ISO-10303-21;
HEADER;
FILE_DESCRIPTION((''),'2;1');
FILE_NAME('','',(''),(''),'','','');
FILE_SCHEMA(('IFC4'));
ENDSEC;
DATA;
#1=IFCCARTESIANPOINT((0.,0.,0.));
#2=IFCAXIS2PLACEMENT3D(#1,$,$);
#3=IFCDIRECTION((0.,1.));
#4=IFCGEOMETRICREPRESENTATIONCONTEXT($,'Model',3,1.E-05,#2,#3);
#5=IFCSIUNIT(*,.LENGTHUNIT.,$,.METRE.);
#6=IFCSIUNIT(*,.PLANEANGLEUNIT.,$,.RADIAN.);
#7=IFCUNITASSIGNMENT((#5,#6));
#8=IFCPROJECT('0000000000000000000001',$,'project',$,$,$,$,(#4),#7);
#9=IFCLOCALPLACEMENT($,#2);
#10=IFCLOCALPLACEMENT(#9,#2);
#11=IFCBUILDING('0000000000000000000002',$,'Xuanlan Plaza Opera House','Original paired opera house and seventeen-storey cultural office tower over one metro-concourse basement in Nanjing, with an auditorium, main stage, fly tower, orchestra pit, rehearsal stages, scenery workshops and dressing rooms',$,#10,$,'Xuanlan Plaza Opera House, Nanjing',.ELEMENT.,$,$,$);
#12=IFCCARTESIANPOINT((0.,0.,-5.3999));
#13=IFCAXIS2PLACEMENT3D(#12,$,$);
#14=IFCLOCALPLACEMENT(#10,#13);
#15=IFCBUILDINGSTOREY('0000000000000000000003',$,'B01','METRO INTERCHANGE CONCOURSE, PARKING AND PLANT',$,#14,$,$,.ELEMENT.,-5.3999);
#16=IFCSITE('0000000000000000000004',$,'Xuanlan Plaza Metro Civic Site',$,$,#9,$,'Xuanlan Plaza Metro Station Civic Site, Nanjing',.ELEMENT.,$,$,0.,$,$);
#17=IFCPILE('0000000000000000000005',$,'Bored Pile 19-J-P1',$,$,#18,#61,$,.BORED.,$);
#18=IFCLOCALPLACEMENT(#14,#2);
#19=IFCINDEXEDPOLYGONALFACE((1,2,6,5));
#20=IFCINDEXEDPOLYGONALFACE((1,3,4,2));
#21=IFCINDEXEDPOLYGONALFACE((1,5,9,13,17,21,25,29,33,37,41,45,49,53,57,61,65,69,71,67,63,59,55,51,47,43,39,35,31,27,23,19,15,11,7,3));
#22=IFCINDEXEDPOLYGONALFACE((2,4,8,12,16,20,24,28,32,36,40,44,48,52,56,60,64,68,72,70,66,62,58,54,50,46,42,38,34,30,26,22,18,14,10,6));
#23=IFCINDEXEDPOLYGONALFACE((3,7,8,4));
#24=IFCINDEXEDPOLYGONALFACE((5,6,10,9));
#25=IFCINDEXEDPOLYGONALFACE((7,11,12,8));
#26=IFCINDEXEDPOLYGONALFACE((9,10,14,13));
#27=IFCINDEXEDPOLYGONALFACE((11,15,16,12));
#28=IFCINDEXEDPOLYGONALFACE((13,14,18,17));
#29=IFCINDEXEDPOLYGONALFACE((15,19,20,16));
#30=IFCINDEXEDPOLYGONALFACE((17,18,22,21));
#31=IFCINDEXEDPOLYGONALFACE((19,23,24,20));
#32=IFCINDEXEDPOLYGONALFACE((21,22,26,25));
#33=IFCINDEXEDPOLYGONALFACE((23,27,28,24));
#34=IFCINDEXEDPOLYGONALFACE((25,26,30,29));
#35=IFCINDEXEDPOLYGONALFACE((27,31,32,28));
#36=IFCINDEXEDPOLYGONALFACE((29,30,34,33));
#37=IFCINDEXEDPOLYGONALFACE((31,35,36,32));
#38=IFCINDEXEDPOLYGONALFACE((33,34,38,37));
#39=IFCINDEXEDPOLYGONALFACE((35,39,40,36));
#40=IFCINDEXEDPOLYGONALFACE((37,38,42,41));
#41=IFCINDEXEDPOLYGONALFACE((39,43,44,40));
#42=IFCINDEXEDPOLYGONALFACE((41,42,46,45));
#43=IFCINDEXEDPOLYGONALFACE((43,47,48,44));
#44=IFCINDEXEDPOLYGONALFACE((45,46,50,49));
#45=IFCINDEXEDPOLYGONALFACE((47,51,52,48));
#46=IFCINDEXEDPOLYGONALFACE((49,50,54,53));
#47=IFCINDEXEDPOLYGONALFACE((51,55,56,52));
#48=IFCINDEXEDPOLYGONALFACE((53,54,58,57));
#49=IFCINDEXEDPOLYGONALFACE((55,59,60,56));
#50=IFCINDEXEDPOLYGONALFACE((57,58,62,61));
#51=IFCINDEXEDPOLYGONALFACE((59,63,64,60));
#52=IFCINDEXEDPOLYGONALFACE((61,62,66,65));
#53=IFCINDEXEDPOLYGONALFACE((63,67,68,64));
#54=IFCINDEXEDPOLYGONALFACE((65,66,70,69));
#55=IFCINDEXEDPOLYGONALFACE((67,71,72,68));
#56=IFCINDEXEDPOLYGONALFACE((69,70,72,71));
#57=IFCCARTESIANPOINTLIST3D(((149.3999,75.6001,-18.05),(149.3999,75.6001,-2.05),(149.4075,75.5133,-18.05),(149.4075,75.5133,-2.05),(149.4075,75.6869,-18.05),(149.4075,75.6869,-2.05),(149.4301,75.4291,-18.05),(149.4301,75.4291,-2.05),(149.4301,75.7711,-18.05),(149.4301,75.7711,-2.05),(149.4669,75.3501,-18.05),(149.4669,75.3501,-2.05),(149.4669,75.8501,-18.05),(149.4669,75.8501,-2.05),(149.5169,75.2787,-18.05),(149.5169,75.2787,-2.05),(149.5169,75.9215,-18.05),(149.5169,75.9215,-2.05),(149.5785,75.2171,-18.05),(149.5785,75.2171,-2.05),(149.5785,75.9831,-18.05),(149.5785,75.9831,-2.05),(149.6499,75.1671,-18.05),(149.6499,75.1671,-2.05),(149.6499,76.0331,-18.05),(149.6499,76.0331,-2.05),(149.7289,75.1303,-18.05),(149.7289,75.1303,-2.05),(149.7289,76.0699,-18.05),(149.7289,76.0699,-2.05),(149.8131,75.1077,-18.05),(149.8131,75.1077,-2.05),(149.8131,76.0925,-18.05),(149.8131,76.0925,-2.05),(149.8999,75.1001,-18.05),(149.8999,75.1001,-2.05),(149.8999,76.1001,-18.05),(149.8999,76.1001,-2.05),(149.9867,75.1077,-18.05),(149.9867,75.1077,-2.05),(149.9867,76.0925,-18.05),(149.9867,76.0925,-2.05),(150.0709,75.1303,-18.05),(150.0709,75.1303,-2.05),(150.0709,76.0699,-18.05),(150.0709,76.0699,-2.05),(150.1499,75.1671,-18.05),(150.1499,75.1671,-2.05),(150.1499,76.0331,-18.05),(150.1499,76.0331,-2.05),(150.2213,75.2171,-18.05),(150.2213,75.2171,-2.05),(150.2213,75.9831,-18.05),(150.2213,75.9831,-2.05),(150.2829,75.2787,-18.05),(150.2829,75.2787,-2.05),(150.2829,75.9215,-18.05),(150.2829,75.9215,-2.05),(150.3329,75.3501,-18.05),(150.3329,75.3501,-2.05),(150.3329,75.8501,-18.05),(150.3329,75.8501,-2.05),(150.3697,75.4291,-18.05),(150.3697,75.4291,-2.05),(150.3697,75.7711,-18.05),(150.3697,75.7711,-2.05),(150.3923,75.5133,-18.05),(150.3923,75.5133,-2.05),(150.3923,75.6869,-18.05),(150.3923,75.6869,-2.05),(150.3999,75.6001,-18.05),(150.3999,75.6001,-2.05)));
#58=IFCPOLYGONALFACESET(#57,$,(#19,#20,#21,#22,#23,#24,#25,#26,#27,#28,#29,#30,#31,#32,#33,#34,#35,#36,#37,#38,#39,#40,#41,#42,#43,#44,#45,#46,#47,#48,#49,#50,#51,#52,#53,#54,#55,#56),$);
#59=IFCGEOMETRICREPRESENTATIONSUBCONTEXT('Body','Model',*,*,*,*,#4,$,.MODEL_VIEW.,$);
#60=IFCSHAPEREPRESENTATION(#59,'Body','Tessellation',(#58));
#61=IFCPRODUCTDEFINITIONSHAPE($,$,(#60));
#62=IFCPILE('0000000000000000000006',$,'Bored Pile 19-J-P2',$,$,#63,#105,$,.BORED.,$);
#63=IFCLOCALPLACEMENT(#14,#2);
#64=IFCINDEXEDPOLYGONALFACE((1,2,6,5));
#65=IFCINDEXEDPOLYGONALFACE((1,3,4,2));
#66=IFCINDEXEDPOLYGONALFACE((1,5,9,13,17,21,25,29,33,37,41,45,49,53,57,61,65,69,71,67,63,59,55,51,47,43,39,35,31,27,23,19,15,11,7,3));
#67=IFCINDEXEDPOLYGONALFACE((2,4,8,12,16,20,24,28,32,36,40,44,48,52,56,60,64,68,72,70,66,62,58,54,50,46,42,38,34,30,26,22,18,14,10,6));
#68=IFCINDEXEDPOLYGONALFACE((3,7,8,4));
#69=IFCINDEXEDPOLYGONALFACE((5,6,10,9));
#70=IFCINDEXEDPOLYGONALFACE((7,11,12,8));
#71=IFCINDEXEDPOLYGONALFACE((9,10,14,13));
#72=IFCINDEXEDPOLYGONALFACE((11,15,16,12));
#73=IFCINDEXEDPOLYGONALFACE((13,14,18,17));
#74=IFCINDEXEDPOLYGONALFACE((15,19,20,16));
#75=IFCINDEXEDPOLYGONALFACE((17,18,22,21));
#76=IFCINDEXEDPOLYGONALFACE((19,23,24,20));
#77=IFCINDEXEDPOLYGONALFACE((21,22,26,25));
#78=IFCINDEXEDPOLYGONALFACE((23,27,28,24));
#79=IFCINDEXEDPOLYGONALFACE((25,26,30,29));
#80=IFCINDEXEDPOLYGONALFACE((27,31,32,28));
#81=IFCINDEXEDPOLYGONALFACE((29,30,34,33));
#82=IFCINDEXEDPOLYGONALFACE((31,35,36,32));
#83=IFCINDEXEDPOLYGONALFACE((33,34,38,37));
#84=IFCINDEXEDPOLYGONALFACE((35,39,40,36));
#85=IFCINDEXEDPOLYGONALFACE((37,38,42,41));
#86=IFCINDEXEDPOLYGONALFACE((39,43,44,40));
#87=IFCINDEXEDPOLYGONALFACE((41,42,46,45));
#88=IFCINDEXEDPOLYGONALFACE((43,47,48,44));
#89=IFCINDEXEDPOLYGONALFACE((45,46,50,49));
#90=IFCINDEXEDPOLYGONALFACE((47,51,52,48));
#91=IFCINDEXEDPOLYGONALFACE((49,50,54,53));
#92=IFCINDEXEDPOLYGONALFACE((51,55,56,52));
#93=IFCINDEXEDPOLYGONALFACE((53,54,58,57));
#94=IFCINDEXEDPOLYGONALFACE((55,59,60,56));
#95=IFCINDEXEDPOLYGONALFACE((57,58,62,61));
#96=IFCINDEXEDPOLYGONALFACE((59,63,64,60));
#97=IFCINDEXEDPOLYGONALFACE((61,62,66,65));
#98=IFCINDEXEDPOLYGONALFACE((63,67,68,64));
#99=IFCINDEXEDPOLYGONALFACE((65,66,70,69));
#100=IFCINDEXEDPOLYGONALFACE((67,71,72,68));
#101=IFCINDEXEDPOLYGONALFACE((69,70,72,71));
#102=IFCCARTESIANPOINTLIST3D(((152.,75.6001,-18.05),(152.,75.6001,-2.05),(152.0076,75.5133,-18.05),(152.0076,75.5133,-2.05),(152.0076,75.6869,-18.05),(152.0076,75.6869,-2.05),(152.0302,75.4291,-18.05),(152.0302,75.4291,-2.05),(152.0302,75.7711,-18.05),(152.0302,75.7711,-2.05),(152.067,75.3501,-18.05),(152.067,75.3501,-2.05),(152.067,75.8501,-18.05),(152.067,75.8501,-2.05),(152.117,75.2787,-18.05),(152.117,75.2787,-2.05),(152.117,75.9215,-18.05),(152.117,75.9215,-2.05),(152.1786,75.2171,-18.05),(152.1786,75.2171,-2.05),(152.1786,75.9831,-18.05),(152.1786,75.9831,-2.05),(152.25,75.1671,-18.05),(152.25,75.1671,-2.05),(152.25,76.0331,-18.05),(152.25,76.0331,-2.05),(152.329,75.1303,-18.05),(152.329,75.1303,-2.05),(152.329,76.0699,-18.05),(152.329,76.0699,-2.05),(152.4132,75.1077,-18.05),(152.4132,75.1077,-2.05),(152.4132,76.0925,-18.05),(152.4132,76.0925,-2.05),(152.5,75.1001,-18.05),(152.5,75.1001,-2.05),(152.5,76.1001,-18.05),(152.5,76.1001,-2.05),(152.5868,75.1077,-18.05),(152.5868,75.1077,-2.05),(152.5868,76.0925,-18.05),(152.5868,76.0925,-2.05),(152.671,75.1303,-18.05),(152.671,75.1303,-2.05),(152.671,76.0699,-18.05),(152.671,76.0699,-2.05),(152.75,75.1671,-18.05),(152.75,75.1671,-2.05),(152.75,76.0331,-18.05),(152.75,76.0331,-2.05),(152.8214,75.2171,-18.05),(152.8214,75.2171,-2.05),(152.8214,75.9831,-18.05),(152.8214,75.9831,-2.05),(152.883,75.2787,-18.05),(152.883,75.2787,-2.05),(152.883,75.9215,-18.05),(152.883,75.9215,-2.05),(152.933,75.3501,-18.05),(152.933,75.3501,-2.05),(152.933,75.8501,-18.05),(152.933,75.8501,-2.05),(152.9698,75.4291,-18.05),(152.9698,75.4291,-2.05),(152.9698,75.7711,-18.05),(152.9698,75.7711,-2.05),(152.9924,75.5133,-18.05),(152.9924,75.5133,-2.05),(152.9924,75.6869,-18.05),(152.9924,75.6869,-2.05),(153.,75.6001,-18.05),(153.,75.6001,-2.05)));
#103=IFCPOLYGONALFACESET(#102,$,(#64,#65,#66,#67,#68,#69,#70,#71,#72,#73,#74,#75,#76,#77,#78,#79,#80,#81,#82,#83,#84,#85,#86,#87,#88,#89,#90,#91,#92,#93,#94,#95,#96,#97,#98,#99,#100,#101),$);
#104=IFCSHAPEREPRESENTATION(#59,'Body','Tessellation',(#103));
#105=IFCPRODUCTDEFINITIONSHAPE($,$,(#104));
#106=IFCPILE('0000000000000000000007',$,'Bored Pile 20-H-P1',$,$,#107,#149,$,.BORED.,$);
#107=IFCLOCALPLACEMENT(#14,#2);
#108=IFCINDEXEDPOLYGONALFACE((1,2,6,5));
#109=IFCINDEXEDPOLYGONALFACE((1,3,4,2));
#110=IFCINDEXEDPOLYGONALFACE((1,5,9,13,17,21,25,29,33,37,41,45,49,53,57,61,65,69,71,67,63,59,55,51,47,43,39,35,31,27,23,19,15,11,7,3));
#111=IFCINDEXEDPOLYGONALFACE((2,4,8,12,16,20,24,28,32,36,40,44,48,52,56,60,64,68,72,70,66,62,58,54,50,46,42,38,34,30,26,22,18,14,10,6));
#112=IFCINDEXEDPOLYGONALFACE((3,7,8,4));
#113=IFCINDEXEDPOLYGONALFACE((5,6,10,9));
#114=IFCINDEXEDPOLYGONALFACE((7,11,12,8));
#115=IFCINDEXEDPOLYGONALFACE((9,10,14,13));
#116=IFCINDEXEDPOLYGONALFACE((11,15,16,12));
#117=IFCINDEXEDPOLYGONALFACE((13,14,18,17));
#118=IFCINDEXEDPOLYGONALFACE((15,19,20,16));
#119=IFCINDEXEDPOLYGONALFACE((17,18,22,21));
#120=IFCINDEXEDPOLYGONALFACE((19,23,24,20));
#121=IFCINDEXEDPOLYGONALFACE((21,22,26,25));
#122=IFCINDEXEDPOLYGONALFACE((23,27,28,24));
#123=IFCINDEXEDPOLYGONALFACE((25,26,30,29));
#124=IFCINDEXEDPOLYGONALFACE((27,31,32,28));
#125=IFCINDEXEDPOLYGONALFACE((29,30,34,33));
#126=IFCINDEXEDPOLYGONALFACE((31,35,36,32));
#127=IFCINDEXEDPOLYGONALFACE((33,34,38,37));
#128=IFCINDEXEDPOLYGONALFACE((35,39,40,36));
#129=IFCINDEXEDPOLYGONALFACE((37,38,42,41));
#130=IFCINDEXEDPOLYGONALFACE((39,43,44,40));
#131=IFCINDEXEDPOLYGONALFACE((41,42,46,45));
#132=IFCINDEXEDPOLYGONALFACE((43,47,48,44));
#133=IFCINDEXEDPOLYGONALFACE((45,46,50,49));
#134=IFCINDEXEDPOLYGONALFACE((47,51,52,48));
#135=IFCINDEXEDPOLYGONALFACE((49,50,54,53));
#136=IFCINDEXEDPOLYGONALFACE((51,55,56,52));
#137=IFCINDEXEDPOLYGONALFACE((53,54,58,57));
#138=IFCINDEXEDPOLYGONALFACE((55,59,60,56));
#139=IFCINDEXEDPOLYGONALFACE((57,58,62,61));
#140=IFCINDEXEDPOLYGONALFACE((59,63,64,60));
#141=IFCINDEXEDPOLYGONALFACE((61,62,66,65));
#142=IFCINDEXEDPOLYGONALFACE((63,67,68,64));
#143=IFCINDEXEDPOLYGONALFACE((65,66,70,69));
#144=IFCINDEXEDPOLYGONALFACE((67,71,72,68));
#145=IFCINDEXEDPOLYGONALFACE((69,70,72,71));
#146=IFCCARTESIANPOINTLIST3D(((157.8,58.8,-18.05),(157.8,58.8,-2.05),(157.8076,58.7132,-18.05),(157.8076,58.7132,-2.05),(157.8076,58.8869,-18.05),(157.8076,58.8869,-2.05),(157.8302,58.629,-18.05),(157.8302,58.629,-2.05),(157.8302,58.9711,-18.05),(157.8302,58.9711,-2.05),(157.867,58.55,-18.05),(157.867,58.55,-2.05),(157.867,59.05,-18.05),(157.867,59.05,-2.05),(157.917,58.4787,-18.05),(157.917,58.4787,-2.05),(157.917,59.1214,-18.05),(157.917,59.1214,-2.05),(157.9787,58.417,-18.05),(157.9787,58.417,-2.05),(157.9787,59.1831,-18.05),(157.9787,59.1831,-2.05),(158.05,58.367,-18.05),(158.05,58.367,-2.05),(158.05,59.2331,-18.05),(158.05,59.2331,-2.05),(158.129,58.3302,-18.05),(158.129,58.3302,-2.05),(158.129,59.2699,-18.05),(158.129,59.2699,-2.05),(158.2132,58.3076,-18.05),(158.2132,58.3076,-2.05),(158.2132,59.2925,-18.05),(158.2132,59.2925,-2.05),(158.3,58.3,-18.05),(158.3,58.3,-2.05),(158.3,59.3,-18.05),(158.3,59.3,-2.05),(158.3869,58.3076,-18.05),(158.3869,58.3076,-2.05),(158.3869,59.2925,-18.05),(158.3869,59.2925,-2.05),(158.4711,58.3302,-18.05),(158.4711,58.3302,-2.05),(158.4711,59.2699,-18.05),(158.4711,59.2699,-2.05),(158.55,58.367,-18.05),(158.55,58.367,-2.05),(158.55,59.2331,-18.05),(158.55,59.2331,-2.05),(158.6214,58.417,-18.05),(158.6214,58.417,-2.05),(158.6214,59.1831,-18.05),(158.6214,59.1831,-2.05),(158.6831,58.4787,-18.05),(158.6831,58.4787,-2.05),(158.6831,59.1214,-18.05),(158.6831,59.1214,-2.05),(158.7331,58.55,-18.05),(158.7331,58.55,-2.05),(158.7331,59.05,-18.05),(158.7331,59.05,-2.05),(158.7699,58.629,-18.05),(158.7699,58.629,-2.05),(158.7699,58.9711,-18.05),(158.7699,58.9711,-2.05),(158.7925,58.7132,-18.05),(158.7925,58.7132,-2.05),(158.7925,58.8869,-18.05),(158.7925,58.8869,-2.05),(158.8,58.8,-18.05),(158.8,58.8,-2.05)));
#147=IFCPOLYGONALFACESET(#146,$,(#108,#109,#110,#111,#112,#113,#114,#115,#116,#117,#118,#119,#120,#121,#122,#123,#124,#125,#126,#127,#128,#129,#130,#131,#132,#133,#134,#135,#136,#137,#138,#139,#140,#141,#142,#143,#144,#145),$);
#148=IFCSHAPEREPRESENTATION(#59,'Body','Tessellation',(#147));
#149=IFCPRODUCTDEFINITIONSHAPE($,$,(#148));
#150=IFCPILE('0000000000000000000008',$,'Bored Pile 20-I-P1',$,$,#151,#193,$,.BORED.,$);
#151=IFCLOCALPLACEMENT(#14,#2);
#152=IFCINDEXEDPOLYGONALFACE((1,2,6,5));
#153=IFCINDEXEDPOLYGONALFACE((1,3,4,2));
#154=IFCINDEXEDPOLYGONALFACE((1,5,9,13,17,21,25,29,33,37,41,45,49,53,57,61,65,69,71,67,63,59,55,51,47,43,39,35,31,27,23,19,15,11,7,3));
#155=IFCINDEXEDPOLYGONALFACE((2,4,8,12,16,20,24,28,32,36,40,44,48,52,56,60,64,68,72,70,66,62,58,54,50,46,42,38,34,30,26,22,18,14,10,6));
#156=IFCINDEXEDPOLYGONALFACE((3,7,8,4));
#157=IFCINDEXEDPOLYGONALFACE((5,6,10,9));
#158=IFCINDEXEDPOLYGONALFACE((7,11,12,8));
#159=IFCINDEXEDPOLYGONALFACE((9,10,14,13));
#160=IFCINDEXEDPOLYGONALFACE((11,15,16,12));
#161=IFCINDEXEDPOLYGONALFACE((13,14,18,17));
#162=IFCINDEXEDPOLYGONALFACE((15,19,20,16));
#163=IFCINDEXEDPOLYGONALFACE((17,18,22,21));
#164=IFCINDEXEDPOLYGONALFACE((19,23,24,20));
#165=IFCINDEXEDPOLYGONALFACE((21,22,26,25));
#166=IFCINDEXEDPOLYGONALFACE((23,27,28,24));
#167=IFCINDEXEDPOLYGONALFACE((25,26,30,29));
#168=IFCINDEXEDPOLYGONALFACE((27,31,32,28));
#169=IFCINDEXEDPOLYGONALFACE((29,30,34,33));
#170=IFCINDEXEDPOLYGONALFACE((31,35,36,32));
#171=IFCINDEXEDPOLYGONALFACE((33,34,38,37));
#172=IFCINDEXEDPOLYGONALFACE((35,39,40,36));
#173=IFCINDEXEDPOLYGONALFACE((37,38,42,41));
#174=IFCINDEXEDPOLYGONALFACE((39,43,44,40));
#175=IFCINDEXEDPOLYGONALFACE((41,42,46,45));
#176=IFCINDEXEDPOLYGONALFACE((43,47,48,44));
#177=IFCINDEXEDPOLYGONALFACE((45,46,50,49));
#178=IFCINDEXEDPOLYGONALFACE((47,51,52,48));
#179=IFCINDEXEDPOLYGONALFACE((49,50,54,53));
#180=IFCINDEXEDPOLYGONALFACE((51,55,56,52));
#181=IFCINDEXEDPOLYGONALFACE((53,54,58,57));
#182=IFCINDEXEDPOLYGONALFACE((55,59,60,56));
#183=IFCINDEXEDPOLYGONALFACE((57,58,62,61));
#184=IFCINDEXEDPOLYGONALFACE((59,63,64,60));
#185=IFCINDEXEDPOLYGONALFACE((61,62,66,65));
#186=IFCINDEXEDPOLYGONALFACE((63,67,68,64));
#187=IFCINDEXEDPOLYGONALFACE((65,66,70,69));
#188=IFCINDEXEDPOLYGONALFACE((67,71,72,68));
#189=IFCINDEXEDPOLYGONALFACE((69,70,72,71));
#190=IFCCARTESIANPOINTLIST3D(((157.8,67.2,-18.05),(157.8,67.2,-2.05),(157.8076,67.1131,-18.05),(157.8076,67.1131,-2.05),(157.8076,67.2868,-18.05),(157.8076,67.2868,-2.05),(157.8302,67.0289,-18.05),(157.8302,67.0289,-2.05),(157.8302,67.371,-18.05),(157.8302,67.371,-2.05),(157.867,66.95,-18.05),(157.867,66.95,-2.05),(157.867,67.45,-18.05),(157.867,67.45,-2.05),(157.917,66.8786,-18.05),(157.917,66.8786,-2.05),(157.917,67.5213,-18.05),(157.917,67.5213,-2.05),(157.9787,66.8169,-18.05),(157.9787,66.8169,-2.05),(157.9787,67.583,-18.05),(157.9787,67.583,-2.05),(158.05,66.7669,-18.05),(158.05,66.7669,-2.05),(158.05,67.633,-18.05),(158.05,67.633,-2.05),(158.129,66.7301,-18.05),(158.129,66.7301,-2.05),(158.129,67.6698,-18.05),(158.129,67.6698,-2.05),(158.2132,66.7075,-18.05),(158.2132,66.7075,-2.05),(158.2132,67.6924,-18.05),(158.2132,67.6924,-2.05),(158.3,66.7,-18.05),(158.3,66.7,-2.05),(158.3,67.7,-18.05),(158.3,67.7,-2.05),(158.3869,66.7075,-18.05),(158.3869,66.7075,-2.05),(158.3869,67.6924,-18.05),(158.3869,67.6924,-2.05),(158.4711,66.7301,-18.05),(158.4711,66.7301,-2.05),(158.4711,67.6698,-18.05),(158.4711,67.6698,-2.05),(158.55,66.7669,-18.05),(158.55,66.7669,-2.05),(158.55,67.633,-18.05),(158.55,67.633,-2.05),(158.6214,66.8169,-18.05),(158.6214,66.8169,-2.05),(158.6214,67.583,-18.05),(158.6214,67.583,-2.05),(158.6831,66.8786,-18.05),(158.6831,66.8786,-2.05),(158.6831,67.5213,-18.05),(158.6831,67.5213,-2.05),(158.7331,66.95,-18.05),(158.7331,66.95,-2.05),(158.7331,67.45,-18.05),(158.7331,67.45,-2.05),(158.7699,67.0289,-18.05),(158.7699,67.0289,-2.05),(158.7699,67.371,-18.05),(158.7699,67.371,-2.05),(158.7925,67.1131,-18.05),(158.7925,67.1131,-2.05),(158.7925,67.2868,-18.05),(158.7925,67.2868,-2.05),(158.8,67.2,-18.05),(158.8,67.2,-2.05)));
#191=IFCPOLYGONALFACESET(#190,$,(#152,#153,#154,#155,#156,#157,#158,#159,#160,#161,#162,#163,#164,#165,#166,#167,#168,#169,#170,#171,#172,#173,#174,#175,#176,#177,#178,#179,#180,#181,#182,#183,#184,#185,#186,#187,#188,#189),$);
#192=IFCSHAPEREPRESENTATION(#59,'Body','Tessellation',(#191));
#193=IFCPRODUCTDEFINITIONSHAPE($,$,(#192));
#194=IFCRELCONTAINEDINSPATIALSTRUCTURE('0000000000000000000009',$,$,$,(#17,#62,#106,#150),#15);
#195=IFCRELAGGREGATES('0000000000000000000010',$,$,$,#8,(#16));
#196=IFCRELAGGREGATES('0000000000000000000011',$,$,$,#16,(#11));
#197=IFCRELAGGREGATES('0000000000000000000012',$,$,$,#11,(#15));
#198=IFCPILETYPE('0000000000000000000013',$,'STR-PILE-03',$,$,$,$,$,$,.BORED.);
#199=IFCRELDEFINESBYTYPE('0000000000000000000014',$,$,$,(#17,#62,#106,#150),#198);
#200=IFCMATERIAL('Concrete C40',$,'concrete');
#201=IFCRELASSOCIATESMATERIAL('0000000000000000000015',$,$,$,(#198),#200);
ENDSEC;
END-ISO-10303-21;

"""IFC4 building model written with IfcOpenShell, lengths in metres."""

from ifc_helpers import new_model, si_unit, direction, frame, origin, origin_2d, place, context, subcontext, project, spatial, circle, extrude, material, material_profile, profile_set, type_object, element, save


model = new_model("IFC4")

# Units and contexts
model_context = context("Model", 3, precision=1e-05, world=origin(), true_north=direction((0.0, 1.0)))
body_context = subcontext(model_context, "Body", "Model", "MODEL_VIEW")
ifc_project = project(units=[si_unit("LENGTHUNIT", "METRE"), si_unit("PLANEANGLEUNIT", "RADIAN")], contexts=[model_context])

# Site, building, storey
site_placement = place(None, origin())
site = spatial("IfcSite", under=ifc_project, at=site_placement, Name="Xuanlan Plaza Metro Civic Site", LongName="Xuanlan Plaza Metro Station Civic Site, Nanjing", CompositionType="ELEMENT", RefElevation=0.0)
building_placement = place(site_placement, origin())
building = spatial("IfcBuilding", under=site, at=building_placement, Name="Xuanlan Plaza Opera House", Description="Original paired opera house and seventeen-storey cultural office tower over one metro-concourse basement in Nanjing, with an auditorium, main stage, fly tower, orchestra pit, rehearsal stages, scenery workshops and dressing rooms", LongName="Xuanlan Plaza Opera House, Nanjing", CompositionType="ELEMENT")
storey_placement = place(building_placement, frame((0.0, 0.0, -5.3999)))
storey = spatial("IfcBuildingStorey", under=building, at=storey_placement, Name="B01", Description="METRO INTERCHANGE CONCOURSE, PARKING AND PLANT", CompositionType="ELEMENT", Elevation=-5.3999)

# Piles
ifc_material_1 = material(Name="Concrete C40", Category="concrete")
ifc_material_profile_1 = material_profile(ifc_material_1, circle(Radius=0.5, at=origin_2d()), Name="PILE D1000")
ifc_profile_set_1 = profile_set([ifc_material_profile_1], Name="Concrete C40")
pile_type = type_object("IfcPileType", Name="STR-PILE-03", PredefinedType="BORED", material=ifc_profile_set_1)
for number, where, z_axis, x_axis, name in (
    (1, (149.8999, 75.6001, -2.05), (0.0, 0.0, -1.0), (1.0, 0.0, 0.0), "Bored Pile 19-J-P1"),
    (2, (152.5, 75.6001, -2.05), (0.0, 0.0, -1.0), (1.0, 0.0, 0.0), "Bored Pile 19-J-P2"),
    (3, (158.3, 58.8, -2.05), (0.0, 0.0, -1.0), (1.0, 0.0, 0.0), "Bored Pile 20-H-P1"),
    (4, (158.3, 67.2, -2.05), (0.0, 0.0, -1.0), (1.0, 0.0, 0.0), "Bored Pile 20-I-P1"),
):
    element("IfcPile", number, at=place(storey_placement, frame(where, z_axis=z_axis, x_axis=x_axis)), inside=storey, type_object=pile_type, Name=name, PredefinedType="BORED", context=body_context, shape_type="SweptSolid", body=[
        extrude(circle(Radius=0.5, at=origin_2d()), origin(), (0.0, 0.0, 1.0), 16.0),
    ])

save(model, "model.ifc")
